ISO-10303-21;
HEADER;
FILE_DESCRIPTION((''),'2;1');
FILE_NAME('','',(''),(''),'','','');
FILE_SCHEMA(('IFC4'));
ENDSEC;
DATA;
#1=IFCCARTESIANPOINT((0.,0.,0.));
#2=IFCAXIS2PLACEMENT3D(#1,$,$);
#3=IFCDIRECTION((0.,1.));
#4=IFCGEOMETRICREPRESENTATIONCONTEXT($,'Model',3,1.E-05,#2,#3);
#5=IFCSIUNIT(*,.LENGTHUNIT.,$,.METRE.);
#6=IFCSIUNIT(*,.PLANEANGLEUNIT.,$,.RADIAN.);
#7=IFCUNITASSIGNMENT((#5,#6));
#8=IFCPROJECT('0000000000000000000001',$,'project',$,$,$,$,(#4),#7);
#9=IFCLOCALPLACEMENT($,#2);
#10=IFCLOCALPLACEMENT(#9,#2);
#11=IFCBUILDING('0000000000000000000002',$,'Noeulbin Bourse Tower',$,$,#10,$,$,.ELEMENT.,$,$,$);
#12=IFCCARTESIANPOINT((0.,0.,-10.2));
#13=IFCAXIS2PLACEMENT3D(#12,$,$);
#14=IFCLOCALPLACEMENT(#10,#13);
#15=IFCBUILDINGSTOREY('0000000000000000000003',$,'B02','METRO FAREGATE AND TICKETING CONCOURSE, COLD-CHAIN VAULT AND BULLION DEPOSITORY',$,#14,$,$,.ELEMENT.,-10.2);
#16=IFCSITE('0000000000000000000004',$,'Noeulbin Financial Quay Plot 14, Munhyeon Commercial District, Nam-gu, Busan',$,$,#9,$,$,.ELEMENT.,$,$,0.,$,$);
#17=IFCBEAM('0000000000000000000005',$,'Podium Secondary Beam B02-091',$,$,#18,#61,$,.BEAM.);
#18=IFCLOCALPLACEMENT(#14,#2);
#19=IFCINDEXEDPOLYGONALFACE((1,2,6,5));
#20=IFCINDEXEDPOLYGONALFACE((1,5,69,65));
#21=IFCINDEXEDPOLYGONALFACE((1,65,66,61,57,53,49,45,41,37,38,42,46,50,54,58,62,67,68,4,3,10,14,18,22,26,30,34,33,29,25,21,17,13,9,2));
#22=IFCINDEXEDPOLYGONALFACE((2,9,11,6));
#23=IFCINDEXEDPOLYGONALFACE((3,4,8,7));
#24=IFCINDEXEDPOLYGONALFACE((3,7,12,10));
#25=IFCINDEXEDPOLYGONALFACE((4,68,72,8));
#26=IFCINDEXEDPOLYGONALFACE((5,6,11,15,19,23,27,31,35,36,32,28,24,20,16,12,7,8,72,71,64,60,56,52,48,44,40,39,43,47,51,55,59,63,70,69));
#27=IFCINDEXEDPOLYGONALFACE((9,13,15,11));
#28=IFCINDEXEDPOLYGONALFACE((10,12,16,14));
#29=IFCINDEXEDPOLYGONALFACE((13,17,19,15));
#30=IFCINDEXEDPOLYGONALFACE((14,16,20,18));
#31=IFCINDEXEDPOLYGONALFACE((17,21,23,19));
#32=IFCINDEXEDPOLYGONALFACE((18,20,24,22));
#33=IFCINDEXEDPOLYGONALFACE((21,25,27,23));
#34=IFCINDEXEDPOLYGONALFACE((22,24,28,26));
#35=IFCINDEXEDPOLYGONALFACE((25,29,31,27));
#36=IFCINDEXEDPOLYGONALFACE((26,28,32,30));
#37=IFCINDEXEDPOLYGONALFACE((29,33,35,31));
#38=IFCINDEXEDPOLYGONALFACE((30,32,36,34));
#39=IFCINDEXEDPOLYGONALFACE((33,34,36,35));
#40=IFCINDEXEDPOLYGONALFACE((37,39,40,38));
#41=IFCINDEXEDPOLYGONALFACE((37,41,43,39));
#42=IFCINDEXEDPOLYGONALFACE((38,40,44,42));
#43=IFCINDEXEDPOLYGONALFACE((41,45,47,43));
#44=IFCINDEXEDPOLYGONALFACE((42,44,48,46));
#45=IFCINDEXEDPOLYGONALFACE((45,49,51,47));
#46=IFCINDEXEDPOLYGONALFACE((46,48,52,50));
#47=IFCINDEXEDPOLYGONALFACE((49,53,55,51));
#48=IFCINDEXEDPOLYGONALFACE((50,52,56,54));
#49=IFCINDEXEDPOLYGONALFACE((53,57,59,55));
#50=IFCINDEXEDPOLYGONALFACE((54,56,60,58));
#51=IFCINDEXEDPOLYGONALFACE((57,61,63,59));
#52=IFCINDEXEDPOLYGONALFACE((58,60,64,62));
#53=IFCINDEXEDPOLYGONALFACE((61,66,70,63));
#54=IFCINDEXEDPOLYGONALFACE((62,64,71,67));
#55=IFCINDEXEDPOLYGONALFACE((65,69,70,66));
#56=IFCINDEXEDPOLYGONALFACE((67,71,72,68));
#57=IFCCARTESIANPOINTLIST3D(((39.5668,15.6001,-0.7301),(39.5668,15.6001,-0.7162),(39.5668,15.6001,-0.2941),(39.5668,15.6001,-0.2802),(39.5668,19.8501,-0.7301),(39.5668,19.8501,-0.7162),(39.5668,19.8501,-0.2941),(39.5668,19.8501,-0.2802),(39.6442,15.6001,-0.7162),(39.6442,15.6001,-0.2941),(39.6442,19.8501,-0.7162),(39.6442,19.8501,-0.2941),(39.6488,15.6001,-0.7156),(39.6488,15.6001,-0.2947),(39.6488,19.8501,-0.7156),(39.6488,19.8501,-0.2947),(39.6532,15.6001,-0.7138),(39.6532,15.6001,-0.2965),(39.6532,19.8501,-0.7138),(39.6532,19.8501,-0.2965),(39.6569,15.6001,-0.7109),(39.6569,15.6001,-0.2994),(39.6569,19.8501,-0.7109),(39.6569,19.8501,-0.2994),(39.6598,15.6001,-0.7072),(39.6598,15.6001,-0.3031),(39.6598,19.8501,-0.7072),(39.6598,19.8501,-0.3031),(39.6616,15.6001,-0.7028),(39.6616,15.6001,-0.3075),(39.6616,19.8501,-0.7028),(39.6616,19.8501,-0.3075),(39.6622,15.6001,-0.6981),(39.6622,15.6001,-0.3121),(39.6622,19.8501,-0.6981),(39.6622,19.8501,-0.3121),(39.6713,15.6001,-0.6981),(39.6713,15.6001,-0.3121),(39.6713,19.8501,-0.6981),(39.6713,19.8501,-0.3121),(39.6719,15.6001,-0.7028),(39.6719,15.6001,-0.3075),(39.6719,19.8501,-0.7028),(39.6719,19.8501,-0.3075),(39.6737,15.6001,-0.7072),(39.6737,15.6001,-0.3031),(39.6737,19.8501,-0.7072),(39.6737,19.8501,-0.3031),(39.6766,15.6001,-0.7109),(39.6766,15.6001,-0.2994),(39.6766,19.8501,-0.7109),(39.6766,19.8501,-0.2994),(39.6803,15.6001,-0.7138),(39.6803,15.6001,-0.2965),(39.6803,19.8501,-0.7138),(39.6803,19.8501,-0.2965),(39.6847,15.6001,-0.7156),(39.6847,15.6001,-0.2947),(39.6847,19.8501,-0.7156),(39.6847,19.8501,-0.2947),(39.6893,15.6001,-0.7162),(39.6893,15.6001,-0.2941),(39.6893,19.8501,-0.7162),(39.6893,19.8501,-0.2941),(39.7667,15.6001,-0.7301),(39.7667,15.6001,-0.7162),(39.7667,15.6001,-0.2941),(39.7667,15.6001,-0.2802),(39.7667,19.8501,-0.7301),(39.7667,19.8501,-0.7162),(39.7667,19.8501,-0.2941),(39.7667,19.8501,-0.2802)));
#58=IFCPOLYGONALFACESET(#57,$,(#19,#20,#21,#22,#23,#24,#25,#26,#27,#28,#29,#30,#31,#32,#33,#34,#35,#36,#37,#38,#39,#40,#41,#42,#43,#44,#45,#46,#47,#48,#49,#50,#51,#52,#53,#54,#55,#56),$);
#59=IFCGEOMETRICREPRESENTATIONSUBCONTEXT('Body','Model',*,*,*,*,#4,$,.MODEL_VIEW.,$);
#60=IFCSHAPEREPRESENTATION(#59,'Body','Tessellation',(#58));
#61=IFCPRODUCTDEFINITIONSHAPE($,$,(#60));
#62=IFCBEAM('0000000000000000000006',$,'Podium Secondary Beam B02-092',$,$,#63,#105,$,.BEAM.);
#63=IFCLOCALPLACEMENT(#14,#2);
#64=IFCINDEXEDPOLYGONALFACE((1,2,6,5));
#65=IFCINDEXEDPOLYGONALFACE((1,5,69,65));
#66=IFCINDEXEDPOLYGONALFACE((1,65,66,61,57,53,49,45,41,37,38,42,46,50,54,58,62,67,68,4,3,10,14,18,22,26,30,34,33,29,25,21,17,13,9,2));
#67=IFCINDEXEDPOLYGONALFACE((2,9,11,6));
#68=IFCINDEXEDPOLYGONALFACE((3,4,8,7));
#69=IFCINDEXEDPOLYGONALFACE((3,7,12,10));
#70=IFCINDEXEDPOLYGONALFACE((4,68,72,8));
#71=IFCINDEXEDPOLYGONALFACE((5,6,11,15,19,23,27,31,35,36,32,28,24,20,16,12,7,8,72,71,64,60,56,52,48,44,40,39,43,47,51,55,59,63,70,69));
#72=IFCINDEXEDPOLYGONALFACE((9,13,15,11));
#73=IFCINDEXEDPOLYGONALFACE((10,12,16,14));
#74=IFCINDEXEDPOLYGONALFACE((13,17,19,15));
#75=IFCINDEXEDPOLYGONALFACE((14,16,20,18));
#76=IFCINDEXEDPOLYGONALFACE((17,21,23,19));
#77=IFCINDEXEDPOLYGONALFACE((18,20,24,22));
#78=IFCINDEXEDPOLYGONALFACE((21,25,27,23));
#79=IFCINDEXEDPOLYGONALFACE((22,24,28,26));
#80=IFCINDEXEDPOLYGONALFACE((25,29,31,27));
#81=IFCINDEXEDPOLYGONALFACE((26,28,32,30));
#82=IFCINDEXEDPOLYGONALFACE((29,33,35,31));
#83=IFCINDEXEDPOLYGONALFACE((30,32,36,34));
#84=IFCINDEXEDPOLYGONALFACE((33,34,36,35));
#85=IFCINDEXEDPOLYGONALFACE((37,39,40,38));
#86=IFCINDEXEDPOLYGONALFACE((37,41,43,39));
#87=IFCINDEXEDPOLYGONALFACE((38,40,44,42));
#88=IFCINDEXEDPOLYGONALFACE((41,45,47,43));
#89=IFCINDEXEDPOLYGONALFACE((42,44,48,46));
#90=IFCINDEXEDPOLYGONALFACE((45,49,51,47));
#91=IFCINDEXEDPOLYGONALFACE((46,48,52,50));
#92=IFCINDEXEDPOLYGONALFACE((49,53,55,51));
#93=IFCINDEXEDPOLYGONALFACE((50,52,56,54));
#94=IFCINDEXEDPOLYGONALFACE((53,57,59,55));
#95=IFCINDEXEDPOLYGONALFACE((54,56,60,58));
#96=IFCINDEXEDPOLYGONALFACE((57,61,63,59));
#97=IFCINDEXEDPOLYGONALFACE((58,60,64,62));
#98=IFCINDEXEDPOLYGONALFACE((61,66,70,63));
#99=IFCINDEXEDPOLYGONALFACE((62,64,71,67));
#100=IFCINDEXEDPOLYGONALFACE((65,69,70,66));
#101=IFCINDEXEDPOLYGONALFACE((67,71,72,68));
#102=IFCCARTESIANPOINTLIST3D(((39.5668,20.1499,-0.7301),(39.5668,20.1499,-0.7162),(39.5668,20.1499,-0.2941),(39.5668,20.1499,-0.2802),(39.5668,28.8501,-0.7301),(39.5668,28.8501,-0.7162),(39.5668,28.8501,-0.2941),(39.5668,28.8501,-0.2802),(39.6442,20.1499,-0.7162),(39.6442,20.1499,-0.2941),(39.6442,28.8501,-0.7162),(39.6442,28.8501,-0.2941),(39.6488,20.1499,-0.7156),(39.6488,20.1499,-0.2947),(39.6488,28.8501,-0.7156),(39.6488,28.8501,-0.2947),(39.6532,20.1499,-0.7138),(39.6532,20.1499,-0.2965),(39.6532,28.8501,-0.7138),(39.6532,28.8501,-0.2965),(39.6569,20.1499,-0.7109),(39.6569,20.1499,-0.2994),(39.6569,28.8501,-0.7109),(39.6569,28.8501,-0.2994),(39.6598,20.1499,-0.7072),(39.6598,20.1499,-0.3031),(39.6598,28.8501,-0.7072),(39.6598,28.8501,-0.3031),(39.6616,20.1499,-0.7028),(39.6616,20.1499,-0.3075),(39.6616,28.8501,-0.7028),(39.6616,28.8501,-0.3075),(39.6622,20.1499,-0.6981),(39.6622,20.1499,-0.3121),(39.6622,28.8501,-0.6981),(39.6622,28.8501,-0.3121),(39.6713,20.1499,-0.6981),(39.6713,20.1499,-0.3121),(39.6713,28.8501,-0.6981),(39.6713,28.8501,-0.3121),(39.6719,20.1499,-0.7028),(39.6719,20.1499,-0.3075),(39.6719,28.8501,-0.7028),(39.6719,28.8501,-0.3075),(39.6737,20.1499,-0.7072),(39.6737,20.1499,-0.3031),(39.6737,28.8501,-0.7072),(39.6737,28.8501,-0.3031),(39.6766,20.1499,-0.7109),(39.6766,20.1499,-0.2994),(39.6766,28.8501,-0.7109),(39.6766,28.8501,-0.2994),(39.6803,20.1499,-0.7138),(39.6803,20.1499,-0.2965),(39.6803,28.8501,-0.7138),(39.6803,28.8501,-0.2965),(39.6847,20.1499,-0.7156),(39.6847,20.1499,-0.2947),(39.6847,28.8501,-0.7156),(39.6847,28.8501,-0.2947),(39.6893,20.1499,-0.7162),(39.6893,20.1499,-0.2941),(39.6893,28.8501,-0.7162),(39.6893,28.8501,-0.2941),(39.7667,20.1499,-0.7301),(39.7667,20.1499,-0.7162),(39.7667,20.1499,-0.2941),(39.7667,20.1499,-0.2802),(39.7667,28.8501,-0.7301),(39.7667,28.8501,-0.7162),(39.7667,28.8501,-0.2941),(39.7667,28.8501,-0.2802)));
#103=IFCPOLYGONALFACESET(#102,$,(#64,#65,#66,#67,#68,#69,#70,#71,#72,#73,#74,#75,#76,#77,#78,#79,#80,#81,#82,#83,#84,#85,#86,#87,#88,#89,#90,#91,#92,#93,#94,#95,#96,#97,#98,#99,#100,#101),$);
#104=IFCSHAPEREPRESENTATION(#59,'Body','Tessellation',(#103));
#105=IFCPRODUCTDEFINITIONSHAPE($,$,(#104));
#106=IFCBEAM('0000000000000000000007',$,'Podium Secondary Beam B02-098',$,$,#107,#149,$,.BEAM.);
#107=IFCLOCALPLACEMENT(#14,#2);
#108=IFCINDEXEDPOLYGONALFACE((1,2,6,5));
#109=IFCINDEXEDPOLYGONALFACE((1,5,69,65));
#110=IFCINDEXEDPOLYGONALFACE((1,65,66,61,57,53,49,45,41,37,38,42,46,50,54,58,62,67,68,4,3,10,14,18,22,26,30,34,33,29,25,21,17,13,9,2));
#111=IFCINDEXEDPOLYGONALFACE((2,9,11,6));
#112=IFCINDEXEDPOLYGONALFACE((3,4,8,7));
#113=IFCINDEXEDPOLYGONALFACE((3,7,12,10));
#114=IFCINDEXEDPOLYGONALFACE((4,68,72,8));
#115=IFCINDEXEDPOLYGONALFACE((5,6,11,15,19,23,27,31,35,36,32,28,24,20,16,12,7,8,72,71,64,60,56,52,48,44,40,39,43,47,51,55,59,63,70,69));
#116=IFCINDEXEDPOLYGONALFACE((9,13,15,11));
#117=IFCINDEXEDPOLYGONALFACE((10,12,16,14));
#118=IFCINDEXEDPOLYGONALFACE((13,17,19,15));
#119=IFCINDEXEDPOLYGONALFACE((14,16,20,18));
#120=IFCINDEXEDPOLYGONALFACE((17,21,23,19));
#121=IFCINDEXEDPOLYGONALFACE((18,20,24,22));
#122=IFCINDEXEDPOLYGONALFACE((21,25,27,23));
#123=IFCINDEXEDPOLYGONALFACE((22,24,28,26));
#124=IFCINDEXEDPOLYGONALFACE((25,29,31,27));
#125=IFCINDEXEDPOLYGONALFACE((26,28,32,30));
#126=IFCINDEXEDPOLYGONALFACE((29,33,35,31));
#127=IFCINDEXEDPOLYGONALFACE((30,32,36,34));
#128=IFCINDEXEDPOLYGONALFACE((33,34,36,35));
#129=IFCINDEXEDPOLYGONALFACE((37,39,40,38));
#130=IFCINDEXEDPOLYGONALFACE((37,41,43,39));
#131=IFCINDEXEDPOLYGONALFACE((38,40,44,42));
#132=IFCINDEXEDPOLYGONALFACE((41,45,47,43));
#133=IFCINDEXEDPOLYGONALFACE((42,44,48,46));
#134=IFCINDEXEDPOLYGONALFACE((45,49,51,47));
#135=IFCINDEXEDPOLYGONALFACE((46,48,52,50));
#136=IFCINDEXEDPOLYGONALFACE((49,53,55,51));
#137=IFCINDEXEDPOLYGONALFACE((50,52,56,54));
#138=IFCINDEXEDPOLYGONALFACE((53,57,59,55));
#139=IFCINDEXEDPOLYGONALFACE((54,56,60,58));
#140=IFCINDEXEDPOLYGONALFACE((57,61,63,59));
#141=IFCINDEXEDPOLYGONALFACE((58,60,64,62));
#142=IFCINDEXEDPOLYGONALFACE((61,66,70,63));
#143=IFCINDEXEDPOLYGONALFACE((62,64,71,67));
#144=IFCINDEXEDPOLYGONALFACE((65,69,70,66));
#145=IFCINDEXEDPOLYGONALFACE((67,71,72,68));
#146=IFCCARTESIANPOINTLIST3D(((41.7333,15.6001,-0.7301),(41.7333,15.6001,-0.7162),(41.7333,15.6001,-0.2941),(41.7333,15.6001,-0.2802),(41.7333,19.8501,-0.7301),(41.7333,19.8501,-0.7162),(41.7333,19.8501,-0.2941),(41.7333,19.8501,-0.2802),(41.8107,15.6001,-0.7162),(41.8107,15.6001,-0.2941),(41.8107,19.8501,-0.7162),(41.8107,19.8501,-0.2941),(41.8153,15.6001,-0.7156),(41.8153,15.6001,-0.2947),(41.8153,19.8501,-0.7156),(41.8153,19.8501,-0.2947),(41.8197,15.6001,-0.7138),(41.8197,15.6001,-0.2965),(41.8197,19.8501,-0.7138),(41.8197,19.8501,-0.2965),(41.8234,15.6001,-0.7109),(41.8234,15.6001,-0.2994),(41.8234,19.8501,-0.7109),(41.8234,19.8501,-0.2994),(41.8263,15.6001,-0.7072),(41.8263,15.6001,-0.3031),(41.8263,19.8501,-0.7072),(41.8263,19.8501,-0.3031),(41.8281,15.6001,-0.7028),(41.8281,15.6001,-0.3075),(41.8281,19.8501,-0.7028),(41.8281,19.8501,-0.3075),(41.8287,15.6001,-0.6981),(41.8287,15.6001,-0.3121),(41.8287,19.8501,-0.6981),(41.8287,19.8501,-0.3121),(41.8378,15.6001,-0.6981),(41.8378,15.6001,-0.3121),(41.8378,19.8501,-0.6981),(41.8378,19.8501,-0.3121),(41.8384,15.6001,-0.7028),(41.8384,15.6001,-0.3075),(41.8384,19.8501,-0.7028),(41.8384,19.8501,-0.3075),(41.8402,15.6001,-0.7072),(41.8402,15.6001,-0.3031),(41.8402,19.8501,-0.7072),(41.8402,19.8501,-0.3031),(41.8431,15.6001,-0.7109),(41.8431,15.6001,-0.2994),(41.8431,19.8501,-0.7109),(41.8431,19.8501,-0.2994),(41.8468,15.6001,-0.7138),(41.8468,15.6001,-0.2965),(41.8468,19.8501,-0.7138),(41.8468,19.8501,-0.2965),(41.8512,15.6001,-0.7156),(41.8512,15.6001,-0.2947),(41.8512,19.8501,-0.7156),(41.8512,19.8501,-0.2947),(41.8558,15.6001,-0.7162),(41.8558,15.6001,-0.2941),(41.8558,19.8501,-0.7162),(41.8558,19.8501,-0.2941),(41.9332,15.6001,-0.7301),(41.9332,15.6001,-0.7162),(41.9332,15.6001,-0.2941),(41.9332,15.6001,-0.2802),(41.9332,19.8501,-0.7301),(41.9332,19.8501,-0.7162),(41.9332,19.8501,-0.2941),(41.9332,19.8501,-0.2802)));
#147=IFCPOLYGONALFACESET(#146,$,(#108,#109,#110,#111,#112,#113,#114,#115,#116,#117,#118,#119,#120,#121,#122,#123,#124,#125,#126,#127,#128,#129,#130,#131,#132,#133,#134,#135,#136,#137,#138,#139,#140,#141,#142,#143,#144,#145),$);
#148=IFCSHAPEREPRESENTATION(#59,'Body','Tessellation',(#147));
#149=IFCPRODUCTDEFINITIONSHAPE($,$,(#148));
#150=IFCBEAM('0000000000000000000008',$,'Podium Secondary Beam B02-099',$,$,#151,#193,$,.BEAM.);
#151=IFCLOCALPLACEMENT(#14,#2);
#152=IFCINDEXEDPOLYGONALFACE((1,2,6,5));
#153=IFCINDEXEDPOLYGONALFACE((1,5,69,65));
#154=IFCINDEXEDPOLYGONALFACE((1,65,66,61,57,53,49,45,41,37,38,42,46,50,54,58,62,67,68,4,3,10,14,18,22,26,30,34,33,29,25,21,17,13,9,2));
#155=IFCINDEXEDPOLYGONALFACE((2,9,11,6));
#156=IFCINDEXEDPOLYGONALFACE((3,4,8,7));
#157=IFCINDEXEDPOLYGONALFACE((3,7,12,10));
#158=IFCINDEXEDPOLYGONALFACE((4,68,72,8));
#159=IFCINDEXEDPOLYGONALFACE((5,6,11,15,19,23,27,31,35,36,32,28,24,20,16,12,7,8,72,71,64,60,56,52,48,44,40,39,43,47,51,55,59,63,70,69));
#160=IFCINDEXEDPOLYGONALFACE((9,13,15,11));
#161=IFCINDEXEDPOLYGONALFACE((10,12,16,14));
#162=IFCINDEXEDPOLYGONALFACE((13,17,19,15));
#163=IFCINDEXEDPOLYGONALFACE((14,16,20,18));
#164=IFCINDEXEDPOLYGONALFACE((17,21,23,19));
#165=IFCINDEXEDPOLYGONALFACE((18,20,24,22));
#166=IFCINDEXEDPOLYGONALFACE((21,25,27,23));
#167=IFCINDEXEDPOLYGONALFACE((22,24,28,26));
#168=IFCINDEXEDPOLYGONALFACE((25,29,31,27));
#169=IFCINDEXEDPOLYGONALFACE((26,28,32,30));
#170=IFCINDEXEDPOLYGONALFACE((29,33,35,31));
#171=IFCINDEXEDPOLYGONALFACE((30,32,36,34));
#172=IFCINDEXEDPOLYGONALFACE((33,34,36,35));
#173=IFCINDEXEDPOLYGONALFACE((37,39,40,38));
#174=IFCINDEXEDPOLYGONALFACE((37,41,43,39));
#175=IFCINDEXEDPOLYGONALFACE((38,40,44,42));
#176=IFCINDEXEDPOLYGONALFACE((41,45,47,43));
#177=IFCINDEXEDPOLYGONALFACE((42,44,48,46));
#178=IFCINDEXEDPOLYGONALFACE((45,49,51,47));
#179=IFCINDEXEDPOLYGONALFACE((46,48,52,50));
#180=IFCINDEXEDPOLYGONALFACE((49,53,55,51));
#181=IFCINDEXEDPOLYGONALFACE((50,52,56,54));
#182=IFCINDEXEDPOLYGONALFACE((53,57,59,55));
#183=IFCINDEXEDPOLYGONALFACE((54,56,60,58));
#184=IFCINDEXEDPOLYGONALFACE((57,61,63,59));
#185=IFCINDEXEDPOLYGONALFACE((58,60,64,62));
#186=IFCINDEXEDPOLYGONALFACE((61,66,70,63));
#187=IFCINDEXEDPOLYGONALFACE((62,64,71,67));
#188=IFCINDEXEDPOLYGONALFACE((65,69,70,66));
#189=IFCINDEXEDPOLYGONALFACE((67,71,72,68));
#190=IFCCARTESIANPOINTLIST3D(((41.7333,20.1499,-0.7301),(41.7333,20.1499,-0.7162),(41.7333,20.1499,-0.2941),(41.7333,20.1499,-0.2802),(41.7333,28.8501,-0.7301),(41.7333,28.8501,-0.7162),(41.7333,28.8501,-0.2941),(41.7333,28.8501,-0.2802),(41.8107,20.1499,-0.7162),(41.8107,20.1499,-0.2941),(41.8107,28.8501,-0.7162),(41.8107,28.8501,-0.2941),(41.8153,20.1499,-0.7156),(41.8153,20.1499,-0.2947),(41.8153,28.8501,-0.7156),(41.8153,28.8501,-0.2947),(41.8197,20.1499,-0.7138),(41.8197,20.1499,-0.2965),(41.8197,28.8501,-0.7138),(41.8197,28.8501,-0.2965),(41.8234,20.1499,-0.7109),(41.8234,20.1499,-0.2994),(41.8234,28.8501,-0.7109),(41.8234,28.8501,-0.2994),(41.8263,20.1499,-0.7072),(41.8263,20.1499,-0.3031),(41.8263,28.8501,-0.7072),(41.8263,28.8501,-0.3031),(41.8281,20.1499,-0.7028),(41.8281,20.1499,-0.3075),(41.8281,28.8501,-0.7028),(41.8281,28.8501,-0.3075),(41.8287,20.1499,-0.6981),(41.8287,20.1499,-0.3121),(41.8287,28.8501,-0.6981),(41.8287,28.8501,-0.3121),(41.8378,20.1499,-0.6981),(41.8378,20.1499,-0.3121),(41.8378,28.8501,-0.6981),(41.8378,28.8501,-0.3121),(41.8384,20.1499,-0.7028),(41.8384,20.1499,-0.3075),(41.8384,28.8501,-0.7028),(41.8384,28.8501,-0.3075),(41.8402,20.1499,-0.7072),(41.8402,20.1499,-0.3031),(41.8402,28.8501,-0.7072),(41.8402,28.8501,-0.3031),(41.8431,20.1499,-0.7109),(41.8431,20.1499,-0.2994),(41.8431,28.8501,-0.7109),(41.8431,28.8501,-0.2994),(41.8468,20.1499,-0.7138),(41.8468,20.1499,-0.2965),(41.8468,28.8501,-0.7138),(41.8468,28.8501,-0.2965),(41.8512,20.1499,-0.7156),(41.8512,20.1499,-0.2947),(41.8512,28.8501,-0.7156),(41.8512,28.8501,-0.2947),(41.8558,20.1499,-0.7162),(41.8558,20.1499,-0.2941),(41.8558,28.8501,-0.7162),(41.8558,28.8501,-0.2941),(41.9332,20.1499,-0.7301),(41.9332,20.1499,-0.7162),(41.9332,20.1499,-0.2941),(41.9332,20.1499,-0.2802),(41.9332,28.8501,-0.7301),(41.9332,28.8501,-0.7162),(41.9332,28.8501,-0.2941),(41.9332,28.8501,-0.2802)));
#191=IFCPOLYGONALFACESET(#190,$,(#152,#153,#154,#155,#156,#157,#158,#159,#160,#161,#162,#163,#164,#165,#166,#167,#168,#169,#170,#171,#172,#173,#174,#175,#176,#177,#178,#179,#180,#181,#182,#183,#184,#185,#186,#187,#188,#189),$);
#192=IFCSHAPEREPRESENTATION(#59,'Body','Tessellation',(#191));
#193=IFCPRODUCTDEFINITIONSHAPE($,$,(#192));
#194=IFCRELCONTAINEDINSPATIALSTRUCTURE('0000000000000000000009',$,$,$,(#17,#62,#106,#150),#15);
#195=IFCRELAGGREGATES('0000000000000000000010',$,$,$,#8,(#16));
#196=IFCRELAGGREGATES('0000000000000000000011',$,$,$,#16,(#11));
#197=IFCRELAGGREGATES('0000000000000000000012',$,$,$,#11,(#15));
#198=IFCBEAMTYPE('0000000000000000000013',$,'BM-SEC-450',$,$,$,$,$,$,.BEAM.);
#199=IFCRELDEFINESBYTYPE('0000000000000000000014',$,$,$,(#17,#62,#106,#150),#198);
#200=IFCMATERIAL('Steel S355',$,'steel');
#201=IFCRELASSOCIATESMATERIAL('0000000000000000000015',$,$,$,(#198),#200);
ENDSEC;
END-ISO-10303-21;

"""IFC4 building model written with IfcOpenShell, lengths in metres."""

from ifc_helpers import new_model, si_unit, direction, frame, origin, origin_2d, place, context, subcontext, project, spatial, i_section, extrude, material, material_profile, profile_set, type_object, element, save


model = new_model("IFC4")

# Units and contexts
model_context = context("Model", 3, precision=1e-05, world=origin(), true_north=direction((0.0, 1.0)))
body_context = subcontext(model_context, "Body", "Model", "MODEL_VIEW")
ifc_project = project(units=[si_unit("LENGTHUNIT", "METRE"), si_unit("PLANEANGLEUNIT", "RADIAN")], contexts=[model_context])

# Site, building, storey
site_placement = place(None, origin())
site = spatial("IfcSite", under=ifc_project, at=site_placement, Name="Noeulbin Financial Quay Plot 14, Munhyeon Commercial District, Nam-gu, Busan", CompositionType="ELEMENT", RefElevation=0.0)
building_placement = place(site_placement, origin())
building = spatial("IfcBuilding", under=site, at=building_placement, Name="Noeulbin Bourse Tower", CompositionType="ELEMENT")
storey_placement = place(building_placement, frame((0.0, 0.0, -10.2)))
storey = spatial("IfcBuildingStorey", under=building, at=storey_placement, Name="B02", Description="METRO FAREGATE AND TICKETING CONCOURSE, COLD-CHAIN VAULT AND BULLION DEPOSITORY", CompositionType="ELEMENT", Elevation=-10.2)

# Beams
ifc_material_1 = material(Name="Steel S355", Category="steel")
ifc_material_profile_1 = material_profile(ifc_material_1, i_section(OverallWidth=0.2, OverallDepth=0.45, WebThickness=0.009, FlangeThickness=0.0139, FilletRadius=0.0181, at=origin_2d()), Name="H-450x200x9x14", Category="LoadBearing")
ifc_profile_set_1 = profile_set([ifc_material_profile_1], Name="Steel S355")
beam_type_1 = type_object("IfcBeamType", Name="BM-SEC-450", PredefinedType="BEAM", material=ifc_profile_set_1)
beam_1_placement = place(storey_placement, frame((39.6667, 15.6001, -0.5051), z_axis=(0.0, 1.0, 0.0), x_axis=(-1.0, 0.0, 0.0)))
element("IfcBeam", 1, at=beam_1_placement, inside=storey, type_object=beam_type_1, Name="Podium Secondary Beam B02-091", PredefinedType="BEAM", context=body_context, shape_type="SweptSolid", body=[
    extrude(i_section(OverallWidth=0.2, OverallDepth=0.45, WebThickness=0.009, FlangeThickness=0.0139, FilletRadius=0.0181, at=origin_2d()), origin(), (0.0, 0.0, 1.0), 4.25),
])
beam_2_placement = place(storey_placement, frame((39.6667, 20.1499, -0.5051), z_axis=(0.0, 1.0, 0.0), x_axis=(-1.0, 0.0, 0.0)))
element("IfcBeam", 2, at=beam_2_placement, inside=storey, type_object=beam_type_1, Name="Podium Secondary Beam B02-092", PredefinedType="BEAM", context=body_context, shape_type="SweptSolid", body=[
    extrude(i_section(OverallWidth=0.2, OverallDepth=0.45, WebThickness=0.009, FlangeThickness=0.0139, FilletRadius=0.0181, at=origin_2d()), origin(), (0.0, 0.0, 1.0), 8.7002),
])
beam_3_placement = place(storey_placement, frame((41.8333, 15.6001, -0.5051), z_axis=(0.0, 1.0, 0.0), x_axis=(-1.0, 0.0, 0.0)))
element("IfcBeam", 3, at=beam_3_placement, inside=storey, type_object=beam_type_1, Name="Podium Secondary Beam B02-098", PredefinedType="BEAM", context=body_context, shape_type="SweptSolid", body=[
    extrude(i_section(OverallWidth=0.2, OverallDepth=0.45, WebThickness=0.009, FlangeThickness=0.0139, FilletRadius=0.0181, at=origin_2d()), origin(), (0.0, 0.0, 1.0), 4.25),
])
beam_4_placement = place(storey_placement, frame((41.8333, 20.1499, -0.5051), z_axis=(0.0, 1.0, 0.0), x_axis=(-1.0, 0.0, 0.0)))
element("IfcBeam", 4, at=beam_4_placement, inside=storey, type_object=beam_type_1, Name="Podium Secondary Beam B02-099", PredefinedType="BEAM", context=body_context, shape_type="SweptSolid", body=[
    extrude(i_section(OverallWidth=0.2, OverallDepth=0.45, WebThickness=0.009, FlangeThickness=0.0139, FilletRadius=0.0181, at=origin_2d()), origin(), (0.0, 0.0, 1.0), 8.7002),
])

save(model, "model.ifc")
